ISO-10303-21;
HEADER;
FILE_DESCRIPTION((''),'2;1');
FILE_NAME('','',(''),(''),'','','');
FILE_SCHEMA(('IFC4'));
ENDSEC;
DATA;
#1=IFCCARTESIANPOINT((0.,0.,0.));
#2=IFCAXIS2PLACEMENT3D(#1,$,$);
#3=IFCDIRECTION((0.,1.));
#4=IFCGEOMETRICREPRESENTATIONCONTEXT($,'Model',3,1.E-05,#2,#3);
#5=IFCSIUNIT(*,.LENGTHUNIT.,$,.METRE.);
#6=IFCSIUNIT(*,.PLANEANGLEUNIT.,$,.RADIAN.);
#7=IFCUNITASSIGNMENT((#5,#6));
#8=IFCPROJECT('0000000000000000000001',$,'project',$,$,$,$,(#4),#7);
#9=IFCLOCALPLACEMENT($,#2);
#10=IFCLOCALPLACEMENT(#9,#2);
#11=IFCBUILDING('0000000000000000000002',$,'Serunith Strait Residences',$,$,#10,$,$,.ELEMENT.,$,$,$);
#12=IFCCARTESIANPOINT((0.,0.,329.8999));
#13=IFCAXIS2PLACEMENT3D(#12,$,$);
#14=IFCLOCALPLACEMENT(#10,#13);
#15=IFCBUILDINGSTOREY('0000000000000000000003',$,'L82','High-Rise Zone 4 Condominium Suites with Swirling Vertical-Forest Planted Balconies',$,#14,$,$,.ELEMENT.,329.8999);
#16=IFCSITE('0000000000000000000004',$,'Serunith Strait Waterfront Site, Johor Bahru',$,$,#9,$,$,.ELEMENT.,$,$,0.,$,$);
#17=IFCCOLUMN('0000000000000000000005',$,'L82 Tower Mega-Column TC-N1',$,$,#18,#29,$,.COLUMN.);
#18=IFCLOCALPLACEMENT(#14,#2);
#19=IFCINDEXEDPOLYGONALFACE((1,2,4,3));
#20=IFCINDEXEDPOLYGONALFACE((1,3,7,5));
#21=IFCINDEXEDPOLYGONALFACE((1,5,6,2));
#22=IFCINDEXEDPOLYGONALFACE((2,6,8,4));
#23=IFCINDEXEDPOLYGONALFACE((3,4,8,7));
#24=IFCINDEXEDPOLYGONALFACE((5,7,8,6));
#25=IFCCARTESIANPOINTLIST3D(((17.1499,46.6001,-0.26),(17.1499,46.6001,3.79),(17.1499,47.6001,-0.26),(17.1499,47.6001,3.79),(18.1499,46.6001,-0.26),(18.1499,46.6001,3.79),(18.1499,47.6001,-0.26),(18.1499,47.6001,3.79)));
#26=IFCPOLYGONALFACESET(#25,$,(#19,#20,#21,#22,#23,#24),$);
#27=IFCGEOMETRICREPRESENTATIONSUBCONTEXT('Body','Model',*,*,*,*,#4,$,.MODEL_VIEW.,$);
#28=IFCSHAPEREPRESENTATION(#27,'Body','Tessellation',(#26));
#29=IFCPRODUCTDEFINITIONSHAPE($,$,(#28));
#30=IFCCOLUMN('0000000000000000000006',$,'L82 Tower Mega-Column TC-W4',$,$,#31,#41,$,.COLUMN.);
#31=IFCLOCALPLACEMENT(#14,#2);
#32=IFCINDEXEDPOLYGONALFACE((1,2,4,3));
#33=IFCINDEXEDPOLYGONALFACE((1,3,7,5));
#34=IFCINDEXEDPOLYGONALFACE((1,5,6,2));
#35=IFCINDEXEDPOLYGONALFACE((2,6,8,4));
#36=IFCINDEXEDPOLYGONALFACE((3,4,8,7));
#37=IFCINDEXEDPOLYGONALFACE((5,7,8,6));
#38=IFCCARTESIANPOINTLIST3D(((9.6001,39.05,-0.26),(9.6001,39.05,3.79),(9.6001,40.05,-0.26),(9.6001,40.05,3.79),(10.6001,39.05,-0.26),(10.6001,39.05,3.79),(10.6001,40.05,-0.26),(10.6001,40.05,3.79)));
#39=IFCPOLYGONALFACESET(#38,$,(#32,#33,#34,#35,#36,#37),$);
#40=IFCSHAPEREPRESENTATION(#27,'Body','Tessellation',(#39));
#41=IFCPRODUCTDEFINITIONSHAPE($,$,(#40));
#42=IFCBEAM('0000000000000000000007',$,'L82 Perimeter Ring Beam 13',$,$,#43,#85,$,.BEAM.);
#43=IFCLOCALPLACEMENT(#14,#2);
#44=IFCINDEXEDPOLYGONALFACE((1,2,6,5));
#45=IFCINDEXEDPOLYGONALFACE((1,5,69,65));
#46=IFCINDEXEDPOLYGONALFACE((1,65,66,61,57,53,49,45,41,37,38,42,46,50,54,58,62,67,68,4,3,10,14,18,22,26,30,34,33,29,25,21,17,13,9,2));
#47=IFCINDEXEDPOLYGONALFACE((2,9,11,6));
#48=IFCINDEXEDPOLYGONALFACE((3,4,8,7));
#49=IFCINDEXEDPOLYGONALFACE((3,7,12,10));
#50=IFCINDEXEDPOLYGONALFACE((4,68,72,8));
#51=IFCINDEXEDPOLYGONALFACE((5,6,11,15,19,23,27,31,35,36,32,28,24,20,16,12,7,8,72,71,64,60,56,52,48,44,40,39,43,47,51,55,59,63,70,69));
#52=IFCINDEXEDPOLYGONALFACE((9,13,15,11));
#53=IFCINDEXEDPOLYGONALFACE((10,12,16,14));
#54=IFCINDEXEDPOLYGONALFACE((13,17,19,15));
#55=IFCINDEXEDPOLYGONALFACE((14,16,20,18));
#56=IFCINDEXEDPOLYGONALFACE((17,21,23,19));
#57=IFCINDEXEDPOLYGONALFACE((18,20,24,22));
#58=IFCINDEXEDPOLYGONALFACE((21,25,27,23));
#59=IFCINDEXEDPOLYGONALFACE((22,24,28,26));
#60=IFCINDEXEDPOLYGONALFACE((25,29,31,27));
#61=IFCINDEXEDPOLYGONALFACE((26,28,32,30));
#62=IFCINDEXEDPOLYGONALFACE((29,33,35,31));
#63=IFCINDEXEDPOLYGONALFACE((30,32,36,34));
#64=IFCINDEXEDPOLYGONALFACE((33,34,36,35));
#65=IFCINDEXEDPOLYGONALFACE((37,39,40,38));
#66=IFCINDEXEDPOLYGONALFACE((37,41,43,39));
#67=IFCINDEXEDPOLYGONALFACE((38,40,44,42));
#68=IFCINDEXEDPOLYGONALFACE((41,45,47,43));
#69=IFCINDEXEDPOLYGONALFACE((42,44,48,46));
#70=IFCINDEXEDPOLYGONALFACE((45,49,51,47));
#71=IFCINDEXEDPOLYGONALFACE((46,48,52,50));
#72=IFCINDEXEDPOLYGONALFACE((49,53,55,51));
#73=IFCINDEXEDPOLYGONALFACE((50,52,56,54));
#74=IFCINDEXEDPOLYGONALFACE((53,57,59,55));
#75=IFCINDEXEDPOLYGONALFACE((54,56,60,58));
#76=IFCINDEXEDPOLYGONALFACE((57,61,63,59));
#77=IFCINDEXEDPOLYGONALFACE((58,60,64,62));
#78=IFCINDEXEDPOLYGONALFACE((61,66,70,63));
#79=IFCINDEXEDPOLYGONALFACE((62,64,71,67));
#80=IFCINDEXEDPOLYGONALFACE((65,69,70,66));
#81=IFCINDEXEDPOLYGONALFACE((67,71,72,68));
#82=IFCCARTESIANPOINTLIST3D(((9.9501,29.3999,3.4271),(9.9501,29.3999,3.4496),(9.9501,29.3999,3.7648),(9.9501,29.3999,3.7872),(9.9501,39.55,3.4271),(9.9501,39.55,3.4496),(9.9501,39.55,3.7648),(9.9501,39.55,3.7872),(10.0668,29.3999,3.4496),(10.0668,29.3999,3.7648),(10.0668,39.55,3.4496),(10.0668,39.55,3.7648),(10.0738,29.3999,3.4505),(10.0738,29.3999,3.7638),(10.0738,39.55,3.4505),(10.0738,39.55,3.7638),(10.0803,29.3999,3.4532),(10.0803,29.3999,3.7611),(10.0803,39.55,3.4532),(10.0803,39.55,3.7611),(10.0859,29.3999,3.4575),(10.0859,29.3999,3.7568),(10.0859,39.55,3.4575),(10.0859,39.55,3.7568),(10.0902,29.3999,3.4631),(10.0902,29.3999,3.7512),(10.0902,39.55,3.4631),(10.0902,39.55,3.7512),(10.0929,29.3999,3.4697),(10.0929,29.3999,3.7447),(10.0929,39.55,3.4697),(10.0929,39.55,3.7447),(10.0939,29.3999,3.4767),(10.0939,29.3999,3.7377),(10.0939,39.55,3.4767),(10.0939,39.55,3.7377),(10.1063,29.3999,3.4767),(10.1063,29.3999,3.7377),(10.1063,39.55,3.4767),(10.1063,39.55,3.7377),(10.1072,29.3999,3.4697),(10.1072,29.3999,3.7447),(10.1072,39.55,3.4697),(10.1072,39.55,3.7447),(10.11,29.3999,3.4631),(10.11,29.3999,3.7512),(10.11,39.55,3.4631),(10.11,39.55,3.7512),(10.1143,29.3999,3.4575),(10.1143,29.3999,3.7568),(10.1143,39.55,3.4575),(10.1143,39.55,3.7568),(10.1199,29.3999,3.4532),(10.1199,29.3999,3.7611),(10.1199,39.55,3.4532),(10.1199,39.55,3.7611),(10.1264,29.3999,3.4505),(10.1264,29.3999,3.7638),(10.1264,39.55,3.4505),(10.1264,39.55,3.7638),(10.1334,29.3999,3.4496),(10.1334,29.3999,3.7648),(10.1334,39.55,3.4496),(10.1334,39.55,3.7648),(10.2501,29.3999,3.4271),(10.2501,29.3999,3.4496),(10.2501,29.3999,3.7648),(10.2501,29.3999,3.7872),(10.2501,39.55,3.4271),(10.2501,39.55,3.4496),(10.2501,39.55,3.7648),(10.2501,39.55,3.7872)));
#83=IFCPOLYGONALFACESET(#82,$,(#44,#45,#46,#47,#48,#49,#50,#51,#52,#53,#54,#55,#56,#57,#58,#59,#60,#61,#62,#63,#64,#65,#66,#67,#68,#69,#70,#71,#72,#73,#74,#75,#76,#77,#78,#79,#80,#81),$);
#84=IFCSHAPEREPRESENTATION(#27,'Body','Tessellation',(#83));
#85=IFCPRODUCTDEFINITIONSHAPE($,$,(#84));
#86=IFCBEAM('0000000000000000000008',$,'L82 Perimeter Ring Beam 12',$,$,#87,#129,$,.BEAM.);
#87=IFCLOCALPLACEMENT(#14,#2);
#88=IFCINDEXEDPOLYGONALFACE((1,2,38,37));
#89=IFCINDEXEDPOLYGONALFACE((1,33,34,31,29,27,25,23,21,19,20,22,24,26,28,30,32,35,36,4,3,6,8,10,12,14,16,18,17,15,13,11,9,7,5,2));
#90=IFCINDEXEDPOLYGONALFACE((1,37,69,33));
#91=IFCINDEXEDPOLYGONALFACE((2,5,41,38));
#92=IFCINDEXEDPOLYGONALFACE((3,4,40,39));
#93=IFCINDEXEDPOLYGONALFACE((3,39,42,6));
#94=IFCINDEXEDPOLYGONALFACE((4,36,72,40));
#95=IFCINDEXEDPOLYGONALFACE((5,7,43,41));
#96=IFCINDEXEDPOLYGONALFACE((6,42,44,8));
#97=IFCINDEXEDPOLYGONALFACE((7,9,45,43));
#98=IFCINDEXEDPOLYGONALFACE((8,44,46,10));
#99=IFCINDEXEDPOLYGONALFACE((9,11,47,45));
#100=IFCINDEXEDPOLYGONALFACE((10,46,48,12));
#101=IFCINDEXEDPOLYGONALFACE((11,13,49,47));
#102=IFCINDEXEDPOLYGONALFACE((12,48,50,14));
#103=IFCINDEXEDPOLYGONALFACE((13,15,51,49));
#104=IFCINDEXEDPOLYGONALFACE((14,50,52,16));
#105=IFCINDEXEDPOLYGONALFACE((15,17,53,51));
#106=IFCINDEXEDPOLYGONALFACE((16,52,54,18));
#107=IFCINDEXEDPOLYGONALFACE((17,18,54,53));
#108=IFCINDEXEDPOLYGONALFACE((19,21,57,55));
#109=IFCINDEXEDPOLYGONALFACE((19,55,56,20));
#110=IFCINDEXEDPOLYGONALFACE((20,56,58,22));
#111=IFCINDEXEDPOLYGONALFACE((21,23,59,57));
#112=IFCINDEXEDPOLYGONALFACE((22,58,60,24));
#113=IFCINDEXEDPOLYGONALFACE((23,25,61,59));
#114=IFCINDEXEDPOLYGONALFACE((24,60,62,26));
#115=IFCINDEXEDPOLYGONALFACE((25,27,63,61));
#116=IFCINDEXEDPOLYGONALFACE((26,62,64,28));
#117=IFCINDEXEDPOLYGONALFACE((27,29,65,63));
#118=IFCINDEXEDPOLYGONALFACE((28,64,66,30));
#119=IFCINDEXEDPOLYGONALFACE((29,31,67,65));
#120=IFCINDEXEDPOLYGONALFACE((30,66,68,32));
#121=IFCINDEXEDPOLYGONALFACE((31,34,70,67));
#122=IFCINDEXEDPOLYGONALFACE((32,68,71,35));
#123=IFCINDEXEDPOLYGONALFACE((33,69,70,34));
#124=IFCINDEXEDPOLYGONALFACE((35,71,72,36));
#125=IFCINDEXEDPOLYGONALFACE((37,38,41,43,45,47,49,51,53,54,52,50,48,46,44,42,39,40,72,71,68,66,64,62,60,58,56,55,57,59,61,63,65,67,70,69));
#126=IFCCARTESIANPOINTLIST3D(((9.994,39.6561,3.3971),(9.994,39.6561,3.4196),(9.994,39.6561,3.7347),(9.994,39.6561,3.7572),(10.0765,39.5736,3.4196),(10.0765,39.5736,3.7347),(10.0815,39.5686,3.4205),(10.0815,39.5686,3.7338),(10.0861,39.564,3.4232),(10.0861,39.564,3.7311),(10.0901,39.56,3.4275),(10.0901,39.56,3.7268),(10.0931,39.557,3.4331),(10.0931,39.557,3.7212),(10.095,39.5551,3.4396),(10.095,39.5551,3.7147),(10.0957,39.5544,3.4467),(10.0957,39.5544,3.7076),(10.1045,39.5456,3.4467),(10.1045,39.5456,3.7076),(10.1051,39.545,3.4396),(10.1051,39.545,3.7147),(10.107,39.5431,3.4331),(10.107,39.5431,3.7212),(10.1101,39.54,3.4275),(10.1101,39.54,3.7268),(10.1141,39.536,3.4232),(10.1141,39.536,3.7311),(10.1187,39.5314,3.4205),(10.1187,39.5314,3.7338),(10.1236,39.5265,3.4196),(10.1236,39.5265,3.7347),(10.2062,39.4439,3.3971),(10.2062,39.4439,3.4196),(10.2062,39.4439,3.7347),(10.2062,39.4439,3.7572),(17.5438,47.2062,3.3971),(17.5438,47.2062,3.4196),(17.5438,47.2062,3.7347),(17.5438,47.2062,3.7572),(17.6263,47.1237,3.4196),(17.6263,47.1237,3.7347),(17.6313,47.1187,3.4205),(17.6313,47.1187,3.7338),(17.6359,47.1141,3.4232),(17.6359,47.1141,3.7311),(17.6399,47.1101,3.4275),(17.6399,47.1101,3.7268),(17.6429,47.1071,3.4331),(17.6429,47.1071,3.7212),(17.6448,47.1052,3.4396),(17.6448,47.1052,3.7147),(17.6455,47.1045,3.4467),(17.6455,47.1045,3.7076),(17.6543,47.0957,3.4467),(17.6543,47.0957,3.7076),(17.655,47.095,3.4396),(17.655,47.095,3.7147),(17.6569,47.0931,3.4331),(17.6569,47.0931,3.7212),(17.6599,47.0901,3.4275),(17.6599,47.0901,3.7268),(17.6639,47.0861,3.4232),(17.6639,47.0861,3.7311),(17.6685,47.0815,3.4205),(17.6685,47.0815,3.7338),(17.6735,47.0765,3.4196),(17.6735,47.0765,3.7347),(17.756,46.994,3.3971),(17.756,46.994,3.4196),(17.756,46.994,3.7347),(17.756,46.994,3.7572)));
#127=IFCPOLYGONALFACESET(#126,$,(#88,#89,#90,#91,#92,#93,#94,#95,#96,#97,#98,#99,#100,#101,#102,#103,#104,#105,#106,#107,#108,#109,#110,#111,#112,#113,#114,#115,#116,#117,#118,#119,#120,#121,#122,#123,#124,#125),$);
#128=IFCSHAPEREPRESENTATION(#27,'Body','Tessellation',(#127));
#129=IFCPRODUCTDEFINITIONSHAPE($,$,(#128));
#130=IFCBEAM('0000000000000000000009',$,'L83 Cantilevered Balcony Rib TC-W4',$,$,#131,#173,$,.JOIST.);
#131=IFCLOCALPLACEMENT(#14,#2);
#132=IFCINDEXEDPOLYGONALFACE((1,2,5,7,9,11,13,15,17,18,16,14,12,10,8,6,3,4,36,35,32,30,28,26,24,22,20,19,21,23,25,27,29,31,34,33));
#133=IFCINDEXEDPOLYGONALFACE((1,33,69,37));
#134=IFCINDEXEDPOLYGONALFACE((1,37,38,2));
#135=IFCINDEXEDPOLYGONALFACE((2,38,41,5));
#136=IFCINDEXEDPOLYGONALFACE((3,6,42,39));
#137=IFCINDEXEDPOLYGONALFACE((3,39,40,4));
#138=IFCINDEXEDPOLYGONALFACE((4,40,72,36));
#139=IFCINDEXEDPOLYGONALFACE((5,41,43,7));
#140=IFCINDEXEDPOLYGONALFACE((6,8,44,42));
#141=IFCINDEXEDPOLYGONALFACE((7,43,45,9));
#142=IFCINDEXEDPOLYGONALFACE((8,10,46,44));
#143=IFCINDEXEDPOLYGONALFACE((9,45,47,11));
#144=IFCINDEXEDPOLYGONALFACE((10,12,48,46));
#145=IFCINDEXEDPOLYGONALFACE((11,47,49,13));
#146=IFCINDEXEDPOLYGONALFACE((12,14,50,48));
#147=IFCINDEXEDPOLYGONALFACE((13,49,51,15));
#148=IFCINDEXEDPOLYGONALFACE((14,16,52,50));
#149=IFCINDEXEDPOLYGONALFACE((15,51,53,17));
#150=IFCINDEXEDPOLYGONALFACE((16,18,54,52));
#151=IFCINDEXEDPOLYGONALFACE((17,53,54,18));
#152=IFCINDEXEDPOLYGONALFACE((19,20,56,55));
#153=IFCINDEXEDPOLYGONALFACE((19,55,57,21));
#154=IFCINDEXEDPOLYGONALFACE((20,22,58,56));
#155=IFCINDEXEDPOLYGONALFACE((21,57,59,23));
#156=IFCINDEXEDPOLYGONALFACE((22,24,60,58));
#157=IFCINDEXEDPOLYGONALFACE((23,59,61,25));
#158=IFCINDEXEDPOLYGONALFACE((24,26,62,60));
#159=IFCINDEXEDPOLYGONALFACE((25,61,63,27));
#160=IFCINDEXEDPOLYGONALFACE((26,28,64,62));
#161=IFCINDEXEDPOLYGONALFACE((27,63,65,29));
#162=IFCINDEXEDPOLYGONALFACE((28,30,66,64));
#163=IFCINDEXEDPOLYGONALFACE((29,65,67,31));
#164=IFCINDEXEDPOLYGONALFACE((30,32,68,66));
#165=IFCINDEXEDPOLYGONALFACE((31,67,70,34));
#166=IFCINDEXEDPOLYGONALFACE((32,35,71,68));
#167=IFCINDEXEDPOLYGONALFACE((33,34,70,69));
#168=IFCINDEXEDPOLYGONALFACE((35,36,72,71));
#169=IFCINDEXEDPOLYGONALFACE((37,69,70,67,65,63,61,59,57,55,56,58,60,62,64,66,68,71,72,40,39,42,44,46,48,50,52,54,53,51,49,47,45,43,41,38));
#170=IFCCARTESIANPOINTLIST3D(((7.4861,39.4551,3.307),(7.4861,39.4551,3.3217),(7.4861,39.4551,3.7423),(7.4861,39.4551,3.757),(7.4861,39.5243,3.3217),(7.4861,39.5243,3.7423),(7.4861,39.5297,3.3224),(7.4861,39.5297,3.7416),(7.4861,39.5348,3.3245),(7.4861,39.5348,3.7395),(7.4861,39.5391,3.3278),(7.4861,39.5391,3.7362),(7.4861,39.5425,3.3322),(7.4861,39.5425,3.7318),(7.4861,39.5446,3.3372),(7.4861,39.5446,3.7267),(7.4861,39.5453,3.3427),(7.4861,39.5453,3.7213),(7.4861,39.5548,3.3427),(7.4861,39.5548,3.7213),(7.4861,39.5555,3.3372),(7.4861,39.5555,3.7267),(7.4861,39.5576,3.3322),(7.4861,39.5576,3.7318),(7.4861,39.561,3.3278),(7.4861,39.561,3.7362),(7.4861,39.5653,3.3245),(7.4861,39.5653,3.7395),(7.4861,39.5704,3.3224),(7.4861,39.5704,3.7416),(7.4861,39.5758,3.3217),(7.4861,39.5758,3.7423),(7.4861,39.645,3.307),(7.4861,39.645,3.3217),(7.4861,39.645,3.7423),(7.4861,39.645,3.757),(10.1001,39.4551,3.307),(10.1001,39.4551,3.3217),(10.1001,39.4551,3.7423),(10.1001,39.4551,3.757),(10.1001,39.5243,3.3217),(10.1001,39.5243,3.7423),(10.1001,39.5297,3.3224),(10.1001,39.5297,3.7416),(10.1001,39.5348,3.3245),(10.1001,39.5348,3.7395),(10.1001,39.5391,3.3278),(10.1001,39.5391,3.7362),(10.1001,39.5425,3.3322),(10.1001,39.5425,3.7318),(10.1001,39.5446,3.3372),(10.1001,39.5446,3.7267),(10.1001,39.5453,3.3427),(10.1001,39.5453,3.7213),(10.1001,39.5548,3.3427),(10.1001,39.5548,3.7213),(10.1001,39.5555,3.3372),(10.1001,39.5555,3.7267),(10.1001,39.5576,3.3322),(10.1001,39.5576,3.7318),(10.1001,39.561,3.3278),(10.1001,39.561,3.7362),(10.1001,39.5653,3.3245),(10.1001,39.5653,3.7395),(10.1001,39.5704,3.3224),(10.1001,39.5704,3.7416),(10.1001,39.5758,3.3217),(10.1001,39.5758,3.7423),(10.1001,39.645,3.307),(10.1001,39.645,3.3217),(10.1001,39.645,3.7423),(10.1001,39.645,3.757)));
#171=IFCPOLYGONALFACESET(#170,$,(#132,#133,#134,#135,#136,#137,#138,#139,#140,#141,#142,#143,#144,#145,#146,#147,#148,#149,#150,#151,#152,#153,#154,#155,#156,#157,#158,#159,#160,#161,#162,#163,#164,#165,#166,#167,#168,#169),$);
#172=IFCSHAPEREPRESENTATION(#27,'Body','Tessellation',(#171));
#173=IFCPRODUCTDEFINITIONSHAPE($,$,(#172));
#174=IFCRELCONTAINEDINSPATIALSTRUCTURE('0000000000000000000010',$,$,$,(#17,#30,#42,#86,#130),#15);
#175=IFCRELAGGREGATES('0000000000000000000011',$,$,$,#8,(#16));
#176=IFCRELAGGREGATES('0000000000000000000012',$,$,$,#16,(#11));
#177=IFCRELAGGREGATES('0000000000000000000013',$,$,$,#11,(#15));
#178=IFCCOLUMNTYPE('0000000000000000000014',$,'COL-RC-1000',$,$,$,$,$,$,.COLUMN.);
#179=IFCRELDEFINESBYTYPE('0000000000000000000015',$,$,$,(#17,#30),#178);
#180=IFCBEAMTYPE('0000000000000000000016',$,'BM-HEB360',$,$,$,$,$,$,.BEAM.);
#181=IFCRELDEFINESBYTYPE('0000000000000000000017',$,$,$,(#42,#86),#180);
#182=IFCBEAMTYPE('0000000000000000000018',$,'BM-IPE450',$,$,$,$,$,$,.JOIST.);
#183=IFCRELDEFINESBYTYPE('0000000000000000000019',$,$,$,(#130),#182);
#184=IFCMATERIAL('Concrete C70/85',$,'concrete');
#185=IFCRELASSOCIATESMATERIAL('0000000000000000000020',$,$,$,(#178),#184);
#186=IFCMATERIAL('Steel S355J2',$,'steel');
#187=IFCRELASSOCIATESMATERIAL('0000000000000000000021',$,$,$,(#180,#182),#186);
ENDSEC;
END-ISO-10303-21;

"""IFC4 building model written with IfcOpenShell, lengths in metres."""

from ifc_helpers import new_model, si_unit, direction, frame, origin, origin_2d, place, context, subcontext, project, spatial, rectangle, i_section, extrude, source, transform, mapped, material, material_profile, profile_set, type_object, element, save


model = new_model("IFC4")

# Units and contexts
model_context = context("Model", 3, precision=1e-05, world=origin(), true_north=direction((0.0, 1.0)))
body_context = subcontext(model_context, "Body", "Model", "MODEL_VIEW")
ifc_project = project(units=[si_unit("LENGTHUNIT", "METRE"), si_unit("PLANEANGLEUNIT", "RADIAN")], contexts=[model_context])

# Site, building, storey
site_placement = place(None, origin())
site = spatial("IfcSite", under=ifc_project, at=site_placement, Name="Serunith Strait Waterfront Site, Johor Bahru", CompositionType="ELEMENT", RefElevation=0.0)
building_placement = place(site_placement, origin())
building = spatial("IfcBuilding", under=site, at=building_placement, Name="Serunith Strait Residences", CompositionType="ELEMENT")
storey_placement = place(building_placement, frame((0.0, 0.0, 329.8999)))
storey = spatial("IfcBuildingStorey", under=building, at=storey_placement, Name="L82", Description="High-Rise Zone 4 Condominium Suites with Swirling Vertical-Forest Planted Balconies", CompositionType="ELEMENT", Elevation=329.8999)

# Columns
ifc_material_1 = material(Name="Concrete C70/85", Category="concrete")
ifc_material_profile_1 = material_profile(ifc_material_1, rectangle(XDim=1.0, YDim=1.0, at=origin_2d()), Name="RC 1000x1000")
ifc_profile_set_1 = profile_set([ifc_material_profile_1], Name="Concrete C70/85")
column_type = type_object("IfcColumnType", Name="COL-RC-1000", PredefinedType="COLUMN", material=ifc_profile_set_1)
shared_shape_1 = source(origin(), body_context, "Body", "SweptSolid", [
    extrude(rectangle(XDim=1.0, YDim=1.0, at=origin_2d()), origin(), (0.0, 0.0, 1.0), 4.05),
])
for number, where, z_axis, x_axis, name in (
    (1, (17.6499, 47.1001, -0.26), (0.0, 0.0, 1.0), (1.0, 0.0, 0.0), "L82 Tower Mega-Column TC-N1"),
    (2, (10.1001, 39.55, -0.26), (0.0, 0.0, 1.0), (1.0, 0.0, 0.0), "L82 Tower Mega-Column TC-W4"),
):
    element("IfcColumn", number, at=place(storey_placement, frame(where, z_axis=z_axis, x_axis=x_axis)), inside=storey, type_object=column_type, Name=name, PredefinedType="COLUMN", context=body_context, shape_type="MappedRepresentation", body=[
        mapped(shared_shape_1, transform((0.0, 0.0, 0.0), scale=1.0)),
    ])

# Beams
ifc_material_2 = material(Name="Steel S355J2", Category="steel")
ifc_material_profile_2 = material_profile(ifc_material_2, i_section(OverallWidth=0.3, OverallDepth=0.3601, WebThickness=0.0125, FlangeThickness=0.0225, FilletRadius=0.0271, at=origin_2d()), Name="HEB 360")
ifc_profile_set_2 = profile_set([ifc_material_profile_2], Name="Steel S355J2")
beam_type_1 = type_object("IfcBeamType", Name="BM-HEB360", PredefinedType="BEAM", material=ifc_profile_set_2)
shared_shape_2 = source(origin(), body_context, "Body", "SweptSolid", [
    extrude(i_section(OverallWidth=0.3, OverallDepth=0.3601, WebThickness=0.0125, FlangeThickness=0.0225, FilletRadius=0.0271, at=origin_2d()), origin(), (0.0, 0.0, 1.0), 10.1501),
])
beam_1_placement = place(storey_placement, frame((10.1001, 39.55, 3.6072), z_axis=(0.0, -1.0, 0.0), x_axis=(1.0, 0.0, 0.0)))
element("IfcBeam", 3, at=beam_1_placement, inside=storey, type_object=beam_type_1, Name="L82 Perimeter Ring Beam 13", PredefinedType="BEAM", context=body_context, shape_type="MappedRepresentation", body=[
    mapped(shared_shape_2, transform((0.0, 0.0, 0.0), scale=1.0)),
])
shared_shape_3 = source(origin(), body_context, "Body", "SweptSolid", [
    extrude(i_section(OverallWidth=0.3, OverallDepth=0.3601, WebThickness=0.0125, FlangeThickness=0.0225, FilletRadius=0.0271, at=origin_2d()), origin(), (0.0, 0.0, 1.0), 10.6772),
])
beam_2_placement = place(storey_placement, frame((17.6499, 47.1001, 3.5771), z_axis=(-0.707095, -0.707118, 0.0), x_axis=(0.707118, -0.707095, 0.0)))
element("IfcBeam", 4, at=beam_2_placement, inside=storey, type_object=beam_type_1, Name="L82 Perimeter Ring Beam 12", PredefinedType="BEAM", context=body_context, shape_type="MappedRepresentation", body=[
    mapped(shared_shape_3, transform((0.0, 0.0, 0.0), scale=1.0)),
])
ifc_material_profile_3 = material_profile(ifc_material_2, i_section(OverallWidth=0.1899, OverallDepth=0.45, WebThickness=0.0095, FlangeThickness=0.0146, FilletRadius=0.021, at=origin_2d()), Name="IPE 450")
ifc_profile_set_3 = profile_set([ifc_material_profile_3], Name="Steel S355J2")
beam_type_2 = type_object("IfcBeamType", Name="BM-IPE450", PredefinedType="JOIST", material=ifc_profile_set_3)
shared_shape_4 = source(origin(), body_context, "Body", "SweptSolid", [
    extrude(i_section(OverallWidth=0.1899, OverallDepth=0.45, WebThickness=0.0095, FlangeThickness=0.0146, FilletRadius=0.021, at=origin_2d()), origin(), (0.0, 0.0, 1.0), 2.614),
])
beam_3_placement = place(storey_placement, frame((10.1001, 39.55, 3.532), z_axis=(-1.0, 0.0, 0.0), x_axis=(0.0, -1.0, 0.0)))
element("IfcBeam", 5, at=beam_3_placement, inside=storey, type_object=beam_type_2, Name="L83 Cantilevered Balcony Rib TC-W4", PredefinedType="JOIST", context=body_context, shape_type="MappedRepresentation", body=[
    mapped(shared_shape_4, transform((0.0, 0.0, 0.0), scale=1.0)),
])

save(model, "model.ifc")
